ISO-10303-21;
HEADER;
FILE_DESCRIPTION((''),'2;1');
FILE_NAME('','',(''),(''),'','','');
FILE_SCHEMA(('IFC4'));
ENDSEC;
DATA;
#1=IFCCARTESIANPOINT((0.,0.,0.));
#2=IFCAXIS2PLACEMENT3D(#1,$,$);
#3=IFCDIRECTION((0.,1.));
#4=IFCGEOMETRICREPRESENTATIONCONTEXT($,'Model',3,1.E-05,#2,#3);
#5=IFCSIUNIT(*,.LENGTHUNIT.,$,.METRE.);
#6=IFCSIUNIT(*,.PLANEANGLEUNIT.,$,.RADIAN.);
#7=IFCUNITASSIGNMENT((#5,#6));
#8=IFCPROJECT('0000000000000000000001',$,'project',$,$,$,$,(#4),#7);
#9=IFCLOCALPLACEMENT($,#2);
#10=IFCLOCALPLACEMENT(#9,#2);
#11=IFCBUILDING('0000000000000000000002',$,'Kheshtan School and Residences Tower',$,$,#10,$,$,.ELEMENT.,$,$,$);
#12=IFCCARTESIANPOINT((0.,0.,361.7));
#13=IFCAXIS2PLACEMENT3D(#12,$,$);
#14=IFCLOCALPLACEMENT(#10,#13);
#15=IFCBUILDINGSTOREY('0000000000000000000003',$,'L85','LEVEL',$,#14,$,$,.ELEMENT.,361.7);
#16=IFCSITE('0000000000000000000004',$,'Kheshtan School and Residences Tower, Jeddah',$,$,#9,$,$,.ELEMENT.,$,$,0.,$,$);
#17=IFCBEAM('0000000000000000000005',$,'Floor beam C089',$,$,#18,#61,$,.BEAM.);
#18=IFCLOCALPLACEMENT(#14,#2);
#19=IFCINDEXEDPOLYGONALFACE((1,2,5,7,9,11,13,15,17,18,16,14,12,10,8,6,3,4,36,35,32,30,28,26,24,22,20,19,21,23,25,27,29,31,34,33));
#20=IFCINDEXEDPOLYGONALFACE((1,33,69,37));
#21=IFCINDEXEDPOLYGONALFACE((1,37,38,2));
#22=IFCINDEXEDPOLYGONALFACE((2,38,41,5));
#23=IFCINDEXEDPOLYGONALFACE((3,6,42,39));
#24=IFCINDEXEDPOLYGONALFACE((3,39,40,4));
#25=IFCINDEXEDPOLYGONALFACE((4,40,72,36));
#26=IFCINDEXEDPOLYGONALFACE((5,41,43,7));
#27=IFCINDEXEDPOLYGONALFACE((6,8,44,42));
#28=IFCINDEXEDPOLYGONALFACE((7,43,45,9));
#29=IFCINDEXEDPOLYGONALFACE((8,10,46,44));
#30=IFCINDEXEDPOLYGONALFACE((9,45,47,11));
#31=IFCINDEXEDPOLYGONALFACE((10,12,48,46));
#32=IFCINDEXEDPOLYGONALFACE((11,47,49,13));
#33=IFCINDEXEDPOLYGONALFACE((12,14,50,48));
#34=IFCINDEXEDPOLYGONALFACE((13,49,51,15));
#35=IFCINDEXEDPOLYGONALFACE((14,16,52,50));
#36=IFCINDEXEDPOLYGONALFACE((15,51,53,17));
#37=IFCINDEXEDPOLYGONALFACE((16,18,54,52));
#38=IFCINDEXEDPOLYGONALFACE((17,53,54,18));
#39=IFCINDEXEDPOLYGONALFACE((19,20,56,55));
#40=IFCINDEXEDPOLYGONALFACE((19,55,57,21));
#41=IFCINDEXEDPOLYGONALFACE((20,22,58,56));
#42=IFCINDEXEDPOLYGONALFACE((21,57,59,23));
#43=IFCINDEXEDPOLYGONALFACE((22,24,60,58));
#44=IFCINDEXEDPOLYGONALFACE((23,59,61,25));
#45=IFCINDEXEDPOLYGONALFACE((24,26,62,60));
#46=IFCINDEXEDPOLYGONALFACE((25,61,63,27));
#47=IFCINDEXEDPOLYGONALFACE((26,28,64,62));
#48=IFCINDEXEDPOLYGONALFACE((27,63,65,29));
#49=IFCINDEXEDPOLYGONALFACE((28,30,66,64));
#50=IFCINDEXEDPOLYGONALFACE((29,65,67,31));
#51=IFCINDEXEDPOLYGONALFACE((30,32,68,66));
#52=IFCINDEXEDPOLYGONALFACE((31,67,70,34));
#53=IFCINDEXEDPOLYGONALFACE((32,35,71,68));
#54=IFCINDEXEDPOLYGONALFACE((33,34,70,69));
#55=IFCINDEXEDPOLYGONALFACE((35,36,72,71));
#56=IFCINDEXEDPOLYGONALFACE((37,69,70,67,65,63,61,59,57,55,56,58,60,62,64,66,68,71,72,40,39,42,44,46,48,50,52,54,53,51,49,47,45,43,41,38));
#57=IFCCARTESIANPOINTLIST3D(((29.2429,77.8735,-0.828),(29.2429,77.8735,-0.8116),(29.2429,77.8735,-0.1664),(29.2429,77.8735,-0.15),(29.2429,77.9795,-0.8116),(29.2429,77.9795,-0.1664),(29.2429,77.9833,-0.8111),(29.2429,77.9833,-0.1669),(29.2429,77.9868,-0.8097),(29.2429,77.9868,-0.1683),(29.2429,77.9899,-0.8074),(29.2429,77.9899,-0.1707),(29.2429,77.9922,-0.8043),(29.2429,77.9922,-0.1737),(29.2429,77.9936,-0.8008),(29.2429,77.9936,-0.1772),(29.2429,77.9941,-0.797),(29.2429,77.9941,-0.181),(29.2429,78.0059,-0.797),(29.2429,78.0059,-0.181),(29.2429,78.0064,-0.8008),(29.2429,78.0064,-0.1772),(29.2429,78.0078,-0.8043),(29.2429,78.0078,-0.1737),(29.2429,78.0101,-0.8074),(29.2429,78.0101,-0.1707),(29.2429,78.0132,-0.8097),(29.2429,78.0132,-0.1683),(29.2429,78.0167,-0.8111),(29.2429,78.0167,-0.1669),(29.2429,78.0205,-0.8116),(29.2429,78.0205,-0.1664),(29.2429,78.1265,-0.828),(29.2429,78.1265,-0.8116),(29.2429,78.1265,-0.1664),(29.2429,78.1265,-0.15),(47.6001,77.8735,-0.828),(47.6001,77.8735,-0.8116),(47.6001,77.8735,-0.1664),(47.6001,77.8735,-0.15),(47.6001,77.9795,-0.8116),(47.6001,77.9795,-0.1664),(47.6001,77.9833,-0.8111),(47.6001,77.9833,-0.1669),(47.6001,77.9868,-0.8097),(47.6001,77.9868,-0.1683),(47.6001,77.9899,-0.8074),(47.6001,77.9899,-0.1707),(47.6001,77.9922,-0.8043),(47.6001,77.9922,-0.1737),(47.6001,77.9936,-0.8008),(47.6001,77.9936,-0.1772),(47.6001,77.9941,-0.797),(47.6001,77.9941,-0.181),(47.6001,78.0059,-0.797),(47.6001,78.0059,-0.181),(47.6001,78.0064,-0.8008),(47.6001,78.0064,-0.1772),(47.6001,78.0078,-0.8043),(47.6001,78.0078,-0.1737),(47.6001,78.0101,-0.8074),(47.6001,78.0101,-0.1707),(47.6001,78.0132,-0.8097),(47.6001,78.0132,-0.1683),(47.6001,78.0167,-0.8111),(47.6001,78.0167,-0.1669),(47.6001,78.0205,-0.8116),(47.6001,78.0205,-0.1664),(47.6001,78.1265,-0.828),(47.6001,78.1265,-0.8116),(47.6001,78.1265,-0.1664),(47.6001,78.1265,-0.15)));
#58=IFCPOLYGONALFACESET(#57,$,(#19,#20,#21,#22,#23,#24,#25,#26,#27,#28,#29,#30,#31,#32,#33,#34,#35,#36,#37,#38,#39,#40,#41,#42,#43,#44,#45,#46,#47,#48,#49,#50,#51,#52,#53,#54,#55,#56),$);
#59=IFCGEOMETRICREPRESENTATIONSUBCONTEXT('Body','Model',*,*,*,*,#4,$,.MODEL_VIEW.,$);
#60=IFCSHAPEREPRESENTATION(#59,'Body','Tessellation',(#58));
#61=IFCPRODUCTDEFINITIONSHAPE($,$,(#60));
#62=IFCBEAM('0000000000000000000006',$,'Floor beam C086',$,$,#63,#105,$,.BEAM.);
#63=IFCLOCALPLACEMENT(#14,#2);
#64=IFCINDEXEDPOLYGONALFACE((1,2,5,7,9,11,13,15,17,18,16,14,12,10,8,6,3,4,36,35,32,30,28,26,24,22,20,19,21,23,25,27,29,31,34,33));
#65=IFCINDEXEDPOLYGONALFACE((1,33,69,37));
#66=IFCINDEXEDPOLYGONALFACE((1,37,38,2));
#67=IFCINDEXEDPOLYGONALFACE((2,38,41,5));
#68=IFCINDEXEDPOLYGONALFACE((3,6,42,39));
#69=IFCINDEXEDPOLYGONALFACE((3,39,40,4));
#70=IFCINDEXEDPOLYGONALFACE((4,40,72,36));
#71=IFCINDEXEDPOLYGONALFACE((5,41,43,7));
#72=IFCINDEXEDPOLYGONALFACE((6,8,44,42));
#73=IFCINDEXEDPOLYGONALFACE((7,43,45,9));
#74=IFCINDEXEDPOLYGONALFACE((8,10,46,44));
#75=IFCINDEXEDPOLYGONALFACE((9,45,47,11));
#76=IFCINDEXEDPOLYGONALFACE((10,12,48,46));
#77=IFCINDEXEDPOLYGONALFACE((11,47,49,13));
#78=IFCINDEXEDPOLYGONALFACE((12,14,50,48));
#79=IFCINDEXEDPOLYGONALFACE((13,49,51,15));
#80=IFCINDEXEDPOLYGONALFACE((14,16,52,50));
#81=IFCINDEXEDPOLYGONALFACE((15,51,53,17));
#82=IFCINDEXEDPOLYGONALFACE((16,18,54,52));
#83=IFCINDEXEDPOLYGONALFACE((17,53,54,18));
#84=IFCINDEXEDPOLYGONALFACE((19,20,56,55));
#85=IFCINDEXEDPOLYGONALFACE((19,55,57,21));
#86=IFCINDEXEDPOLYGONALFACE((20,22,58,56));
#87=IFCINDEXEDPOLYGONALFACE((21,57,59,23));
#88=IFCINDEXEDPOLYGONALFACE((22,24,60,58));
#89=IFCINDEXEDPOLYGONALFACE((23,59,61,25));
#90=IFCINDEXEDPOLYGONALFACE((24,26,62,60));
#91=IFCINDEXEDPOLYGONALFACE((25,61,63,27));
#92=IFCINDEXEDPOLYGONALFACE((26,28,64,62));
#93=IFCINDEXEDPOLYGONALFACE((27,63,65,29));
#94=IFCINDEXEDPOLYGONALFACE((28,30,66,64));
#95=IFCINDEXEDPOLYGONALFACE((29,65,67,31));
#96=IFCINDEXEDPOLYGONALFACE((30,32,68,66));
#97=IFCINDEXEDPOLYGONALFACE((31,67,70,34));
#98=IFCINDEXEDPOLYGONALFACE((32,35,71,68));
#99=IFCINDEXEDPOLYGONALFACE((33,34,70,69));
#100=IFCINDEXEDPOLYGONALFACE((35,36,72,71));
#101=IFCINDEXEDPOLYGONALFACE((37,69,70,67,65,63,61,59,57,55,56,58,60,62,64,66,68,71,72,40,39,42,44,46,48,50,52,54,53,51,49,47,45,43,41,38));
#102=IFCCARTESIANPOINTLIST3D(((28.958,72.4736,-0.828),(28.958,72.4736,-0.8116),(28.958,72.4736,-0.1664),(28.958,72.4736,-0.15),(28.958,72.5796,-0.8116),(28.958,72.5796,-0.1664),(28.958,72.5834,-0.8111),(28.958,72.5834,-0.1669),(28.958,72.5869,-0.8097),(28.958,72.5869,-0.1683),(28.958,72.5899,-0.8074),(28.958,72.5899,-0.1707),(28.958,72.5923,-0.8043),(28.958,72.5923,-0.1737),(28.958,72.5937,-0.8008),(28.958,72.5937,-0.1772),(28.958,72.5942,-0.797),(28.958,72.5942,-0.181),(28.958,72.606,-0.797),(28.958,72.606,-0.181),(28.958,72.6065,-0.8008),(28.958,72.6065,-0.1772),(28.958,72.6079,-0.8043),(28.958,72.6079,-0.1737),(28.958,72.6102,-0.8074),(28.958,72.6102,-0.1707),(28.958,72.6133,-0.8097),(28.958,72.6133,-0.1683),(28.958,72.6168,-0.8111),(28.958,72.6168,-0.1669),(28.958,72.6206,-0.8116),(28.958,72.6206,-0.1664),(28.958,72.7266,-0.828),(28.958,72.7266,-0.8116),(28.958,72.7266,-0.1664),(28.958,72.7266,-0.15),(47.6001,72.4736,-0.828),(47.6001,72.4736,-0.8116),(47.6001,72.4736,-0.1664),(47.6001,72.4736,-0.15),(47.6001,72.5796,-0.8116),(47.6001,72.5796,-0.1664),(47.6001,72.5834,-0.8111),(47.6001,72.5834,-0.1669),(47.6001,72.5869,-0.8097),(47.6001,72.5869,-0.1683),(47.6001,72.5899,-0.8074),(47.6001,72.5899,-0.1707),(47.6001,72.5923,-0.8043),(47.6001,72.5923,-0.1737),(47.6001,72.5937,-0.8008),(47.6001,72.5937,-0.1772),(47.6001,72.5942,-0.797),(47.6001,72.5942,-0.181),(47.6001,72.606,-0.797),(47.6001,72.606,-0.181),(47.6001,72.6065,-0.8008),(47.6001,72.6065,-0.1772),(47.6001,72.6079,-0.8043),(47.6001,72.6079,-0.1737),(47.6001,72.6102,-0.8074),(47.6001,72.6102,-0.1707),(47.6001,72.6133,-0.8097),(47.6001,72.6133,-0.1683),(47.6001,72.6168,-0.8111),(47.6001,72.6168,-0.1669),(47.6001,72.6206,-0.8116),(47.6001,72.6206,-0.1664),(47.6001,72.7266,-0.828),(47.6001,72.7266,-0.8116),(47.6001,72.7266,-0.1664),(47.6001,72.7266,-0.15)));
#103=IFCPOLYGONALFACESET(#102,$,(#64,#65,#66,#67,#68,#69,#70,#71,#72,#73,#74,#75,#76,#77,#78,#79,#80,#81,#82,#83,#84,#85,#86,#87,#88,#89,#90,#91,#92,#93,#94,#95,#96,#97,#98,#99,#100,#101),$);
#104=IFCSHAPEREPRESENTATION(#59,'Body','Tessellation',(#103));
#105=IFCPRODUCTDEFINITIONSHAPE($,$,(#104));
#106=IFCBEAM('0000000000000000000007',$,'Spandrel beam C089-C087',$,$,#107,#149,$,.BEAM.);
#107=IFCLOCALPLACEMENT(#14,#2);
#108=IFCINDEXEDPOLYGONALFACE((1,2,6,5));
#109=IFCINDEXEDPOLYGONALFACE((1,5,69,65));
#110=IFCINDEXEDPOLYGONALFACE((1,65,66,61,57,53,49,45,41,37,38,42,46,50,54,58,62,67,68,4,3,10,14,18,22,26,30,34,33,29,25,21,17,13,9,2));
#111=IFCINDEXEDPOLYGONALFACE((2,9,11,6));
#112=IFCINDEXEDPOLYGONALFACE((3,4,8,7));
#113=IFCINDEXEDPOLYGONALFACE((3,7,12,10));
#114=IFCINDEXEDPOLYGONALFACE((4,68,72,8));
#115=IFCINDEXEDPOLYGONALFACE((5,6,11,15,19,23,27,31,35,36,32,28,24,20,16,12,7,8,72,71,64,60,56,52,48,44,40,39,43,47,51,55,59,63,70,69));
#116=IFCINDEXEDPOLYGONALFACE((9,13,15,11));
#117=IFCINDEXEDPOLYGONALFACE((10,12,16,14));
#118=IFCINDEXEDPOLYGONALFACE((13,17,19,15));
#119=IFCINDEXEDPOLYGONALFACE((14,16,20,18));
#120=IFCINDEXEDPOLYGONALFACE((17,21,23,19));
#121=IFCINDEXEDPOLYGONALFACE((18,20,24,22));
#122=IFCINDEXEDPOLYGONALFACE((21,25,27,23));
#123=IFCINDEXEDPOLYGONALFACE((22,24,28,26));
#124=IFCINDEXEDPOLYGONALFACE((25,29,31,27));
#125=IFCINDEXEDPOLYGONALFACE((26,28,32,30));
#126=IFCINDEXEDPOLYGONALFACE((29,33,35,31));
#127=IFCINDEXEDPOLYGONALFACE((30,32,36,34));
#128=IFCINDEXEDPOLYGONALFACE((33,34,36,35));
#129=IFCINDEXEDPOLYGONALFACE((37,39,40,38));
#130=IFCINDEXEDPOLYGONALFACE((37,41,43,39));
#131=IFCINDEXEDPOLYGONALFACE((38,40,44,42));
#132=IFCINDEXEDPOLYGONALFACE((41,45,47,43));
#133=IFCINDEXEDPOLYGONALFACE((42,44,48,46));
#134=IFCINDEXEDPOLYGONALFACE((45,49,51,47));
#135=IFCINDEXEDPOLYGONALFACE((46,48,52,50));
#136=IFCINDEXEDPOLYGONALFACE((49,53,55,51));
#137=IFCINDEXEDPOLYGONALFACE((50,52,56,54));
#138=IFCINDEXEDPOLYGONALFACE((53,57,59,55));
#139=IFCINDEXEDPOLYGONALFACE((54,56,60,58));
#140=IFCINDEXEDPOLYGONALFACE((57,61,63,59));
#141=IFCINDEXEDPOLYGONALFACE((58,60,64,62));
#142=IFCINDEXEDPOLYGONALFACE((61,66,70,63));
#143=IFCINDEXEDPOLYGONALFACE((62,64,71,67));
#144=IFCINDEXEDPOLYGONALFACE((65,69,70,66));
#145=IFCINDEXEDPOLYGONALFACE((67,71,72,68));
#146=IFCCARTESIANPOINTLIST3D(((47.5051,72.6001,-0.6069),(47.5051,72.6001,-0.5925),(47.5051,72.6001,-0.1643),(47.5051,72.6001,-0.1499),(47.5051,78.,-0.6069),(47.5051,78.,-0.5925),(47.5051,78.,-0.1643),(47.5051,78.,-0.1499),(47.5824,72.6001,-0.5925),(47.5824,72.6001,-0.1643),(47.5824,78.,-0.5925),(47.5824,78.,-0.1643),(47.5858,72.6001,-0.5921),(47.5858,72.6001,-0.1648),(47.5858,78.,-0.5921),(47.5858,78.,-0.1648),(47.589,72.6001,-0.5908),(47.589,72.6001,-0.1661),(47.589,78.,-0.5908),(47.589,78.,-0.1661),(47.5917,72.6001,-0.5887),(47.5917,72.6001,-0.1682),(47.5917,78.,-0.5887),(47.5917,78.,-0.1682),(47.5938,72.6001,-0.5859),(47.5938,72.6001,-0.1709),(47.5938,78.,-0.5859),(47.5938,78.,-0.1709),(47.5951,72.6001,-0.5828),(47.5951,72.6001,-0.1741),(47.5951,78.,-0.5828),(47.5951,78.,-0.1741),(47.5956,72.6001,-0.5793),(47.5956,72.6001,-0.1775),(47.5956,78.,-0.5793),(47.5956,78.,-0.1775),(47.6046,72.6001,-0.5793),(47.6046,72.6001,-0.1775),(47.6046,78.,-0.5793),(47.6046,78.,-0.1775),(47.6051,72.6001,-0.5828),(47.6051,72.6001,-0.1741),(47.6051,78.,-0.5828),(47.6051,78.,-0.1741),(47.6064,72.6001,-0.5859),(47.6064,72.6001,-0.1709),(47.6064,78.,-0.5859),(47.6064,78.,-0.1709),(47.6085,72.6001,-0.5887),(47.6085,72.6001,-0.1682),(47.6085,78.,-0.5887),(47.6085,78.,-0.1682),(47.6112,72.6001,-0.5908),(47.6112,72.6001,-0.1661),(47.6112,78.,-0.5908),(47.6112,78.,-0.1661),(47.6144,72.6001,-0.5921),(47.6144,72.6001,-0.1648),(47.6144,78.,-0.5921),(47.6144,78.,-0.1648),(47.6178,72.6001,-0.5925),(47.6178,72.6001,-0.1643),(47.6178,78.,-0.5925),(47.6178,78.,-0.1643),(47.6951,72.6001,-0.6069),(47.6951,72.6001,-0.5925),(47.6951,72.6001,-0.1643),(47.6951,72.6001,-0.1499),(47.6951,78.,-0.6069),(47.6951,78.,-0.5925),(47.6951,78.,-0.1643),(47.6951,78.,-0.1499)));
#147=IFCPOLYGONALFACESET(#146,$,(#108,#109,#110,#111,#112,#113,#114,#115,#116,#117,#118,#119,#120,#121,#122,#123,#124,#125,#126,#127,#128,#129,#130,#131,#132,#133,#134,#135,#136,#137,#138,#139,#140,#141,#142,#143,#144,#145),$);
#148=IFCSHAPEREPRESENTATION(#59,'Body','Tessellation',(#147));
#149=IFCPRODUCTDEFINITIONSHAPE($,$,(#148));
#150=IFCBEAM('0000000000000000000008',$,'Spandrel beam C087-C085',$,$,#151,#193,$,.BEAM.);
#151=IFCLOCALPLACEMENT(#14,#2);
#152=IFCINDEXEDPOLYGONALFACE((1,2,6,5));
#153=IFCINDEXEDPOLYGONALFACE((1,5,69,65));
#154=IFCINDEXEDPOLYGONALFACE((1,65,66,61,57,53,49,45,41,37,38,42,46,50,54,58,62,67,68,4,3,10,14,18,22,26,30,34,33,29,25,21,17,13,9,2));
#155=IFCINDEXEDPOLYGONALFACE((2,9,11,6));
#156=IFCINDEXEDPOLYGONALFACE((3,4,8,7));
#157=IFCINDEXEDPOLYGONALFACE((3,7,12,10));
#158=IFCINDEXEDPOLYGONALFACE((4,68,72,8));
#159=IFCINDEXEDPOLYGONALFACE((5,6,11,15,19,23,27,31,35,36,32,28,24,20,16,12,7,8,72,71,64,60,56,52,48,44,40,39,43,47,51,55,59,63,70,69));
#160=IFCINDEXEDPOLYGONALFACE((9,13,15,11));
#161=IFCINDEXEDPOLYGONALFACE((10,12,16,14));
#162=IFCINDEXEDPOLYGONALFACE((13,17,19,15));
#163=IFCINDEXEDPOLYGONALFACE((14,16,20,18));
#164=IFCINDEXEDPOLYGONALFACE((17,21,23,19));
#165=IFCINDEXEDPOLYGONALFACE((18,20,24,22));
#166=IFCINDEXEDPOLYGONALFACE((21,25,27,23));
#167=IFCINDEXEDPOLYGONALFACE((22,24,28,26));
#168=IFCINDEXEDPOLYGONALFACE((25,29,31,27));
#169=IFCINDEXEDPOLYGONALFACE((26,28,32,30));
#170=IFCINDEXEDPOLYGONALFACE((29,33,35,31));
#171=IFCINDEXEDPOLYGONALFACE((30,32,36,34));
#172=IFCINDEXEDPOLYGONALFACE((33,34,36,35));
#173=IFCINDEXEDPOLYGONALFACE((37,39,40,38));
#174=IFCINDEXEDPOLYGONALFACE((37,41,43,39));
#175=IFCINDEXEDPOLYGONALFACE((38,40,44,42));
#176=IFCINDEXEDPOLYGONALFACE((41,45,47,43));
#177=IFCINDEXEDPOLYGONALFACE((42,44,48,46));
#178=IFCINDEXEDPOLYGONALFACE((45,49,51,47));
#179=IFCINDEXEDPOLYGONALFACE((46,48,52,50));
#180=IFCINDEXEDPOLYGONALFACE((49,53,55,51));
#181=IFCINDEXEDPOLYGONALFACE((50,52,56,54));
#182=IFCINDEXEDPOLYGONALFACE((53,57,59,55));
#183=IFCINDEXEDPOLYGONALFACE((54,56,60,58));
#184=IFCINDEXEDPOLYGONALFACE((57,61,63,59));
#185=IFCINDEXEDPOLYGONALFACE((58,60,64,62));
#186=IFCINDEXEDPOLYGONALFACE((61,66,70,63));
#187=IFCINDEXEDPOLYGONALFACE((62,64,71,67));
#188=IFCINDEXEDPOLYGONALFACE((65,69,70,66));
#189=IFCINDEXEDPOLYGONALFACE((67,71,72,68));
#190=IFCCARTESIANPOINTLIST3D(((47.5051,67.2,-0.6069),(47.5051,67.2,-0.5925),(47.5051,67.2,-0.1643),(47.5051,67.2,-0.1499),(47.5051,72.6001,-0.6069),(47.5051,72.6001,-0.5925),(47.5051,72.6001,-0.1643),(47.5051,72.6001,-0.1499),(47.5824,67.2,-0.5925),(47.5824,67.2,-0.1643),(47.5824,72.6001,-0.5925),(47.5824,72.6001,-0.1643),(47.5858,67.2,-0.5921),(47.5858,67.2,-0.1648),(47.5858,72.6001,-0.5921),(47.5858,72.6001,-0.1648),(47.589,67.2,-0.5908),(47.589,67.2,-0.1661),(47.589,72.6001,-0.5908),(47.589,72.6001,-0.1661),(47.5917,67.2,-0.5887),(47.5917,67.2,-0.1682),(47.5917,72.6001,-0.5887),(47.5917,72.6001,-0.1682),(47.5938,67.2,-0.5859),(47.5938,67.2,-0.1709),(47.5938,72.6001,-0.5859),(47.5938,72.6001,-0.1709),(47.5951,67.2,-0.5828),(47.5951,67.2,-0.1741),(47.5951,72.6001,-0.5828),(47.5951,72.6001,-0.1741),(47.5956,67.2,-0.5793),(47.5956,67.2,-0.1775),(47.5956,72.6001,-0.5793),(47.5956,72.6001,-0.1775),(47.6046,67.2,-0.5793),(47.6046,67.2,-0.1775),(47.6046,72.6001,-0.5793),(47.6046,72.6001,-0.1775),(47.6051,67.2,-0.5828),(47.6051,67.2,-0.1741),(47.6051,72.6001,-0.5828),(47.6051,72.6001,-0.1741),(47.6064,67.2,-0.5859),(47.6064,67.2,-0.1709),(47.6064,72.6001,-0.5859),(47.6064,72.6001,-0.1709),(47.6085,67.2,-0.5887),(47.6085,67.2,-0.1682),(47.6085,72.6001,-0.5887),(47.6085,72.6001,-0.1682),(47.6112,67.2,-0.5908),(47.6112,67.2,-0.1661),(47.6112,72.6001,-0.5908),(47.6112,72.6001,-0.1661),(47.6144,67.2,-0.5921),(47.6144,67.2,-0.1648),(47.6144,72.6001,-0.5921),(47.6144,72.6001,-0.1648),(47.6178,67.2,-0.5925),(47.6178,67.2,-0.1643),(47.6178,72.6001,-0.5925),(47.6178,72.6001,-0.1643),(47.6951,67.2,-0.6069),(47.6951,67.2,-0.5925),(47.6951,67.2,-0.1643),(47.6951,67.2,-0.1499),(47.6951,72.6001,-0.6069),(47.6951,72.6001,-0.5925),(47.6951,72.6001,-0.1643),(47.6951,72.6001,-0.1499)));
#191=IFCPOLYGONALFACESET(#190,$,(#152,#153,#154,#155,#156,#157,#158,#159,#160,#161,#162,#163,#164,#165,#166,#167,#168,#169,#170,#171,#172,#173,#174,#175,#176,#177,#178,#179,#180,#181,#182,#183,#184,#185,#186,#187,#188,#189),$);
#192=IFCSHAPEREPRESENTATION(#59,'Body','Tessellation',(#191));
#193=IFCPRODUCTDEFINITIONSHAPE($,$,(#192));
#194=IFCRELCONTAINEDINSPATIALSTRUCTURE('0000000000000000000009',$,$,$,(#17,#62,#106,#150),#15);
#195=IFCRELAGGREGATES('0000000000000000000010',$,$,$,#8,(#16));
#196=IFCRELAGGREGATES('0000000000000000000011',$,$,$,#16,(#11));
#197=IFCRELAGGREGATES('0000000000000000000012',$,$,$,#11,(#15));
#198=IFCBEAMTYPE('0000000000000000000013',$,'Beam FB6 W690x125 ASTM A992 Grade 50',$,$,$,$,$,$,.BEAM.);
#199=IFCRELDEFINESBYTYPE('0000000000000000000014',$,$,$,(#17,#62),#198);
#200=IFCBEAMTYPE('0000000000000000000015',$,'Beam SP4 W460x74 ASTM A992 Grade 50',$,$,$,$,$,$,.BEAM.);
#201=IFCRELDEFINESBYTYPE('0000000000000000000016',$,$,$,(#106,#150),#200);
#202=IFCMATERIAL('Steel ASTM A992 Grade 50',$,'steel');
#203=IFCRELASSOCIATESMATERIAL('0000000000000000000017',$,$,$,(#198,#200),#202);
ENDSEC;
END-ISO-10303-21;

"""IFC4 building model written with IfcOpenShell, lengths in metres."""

from ifc_helpers import new_model, si_unit, direction, frame, origin, origin_2d, place, context, subcontext, project, spatial, i_section, extrude, material, material_profile, profile_set, type_object, element, save


model = new_model("IFC4")

# Units and contexts
model_context = context("Model", 3, precision=1e-05, world=origin(), true_north=direction((0.0, 1.0)))
body_context = subcontext(model_context, "Body", "Model", "MODEL_VIEW")
ifc_project = project(units=[si_unit("LENGTHUNIT", "METRE"), si_unit("PLANEANGLEUNIT", "RADIAN")], contexts=[model_context])

# Site, building, storey
site_placement = place(None, origin())
site = spatial("IfcSite", under=ifc_project, at=site_placement, Name="Kheshtan School and Residences Tower, Jeddah", CompositionType="ELEMENT", RefElevation=0.0)
building_placement = place(site_placement, origin())
building = spatial("IfcBuilding", under=site, at=building_placement, Name="Kheshtan School and Residences Tower", CompositionType="ELEMENT")
storey_placement = place(building_placement, frame((0.0, 0.0, 361.7)))
storey = spatial("IfcBuildingStorey", under=building, at=storey_placement, Name="L85", Description="LEVEL", CompositionType="ELEMENT", Elevation=361.7)

# Shared definitions
ifc_material_1 = material(Name="Steel ASTM A992 Grade 50", Category="steel")

# Beams
ifc_material_profile_1 = material_profile(ifc_material_1, i_section(OverallWidth=0.2529, OverallDepth=0.678, WebThickness=0.0117, FlangeThickness=0.0164, FilletRadius=0.0146, at=origin_2d()), Name="W690x125")
ifc_profile_set_1 = profile_set([ifc_material_profile_1], Name="Steel ASTM A992 Grade 50")
beam_type_1 = type_object("IfcBeamType", Name="Beam FB6 W690x125 ASTM A992 Grade 50", PredefinedType="BEAM", material=ifc_profile_set_1)
beam_1_placement = place(storey_placement, frame((47.6001, 78.0, -0.489), z_axis=(-1.0, 0.0, 0.0), x_axis=(0.0, -1.0, 0.0)))
element("IfcBeam", 1, at=beam_1_placement, inside=storey, type_object=beam_type_1, Name="Floor beam C089", PredefinedType="BEAM", context=body_context, shape_type="SweptSolid", body=[
    extrude(i_section(OverallWidth=0.2529, OverallDepth=0.678, WebThickness=0.0117, FlangeThickness=0.0164, FilletRadius=0.0146, at=origin_2d()), origin(), (0.0, 0.0, 1.0), 18.3572),
])
beam_2_placement = place(storey_placement, frame((28.958, 72.6001, -0.489), z_axis=(1.0, 0.0, 0.0), x_axis=(0.0, 1.0, 0.0)))
element("IfcBeam", 2, at=beam_2_placement, inside=storey, type_object=beam_type_1, Name="Floor beam C086", PredefinedType="BEAM", context=body_context, shape_type="SweptSolid", body=[
    extrude(i_section(OverallWidth=0.2529, OverallDepth=0.678, WebThickness=0.0117, FlangeThickness=0.0164, FilletRadius=0.0146, at=origin_2d()), origin(), (0.0, 0.0, 1.0), 18.6421),
])
ifc_material_profile_2 = material_profile(ifc_material_1, i_section(OverallWidth=0.1899, OverallDepth=0.457, WebThickness=0.009, FlangeThickness=0.0144, FilletRadius=0.0132, at=origin_2d()), Name="W460x74")
ifc_profile_set_2 = profile_set([ifc_material_profile_2], Name="Steel ASTM A992 Grade 50")
beam_type_2 = type_object("IfcBeamType", Name="Beam SP4 W460x74 ASTM A992 Grade 50", PredefinedType="BEAM", material=ifc_profile_set_2)
beam_3_placement = place(storey_placement, frame((47.6001, 78.0, -0.3784), z_axis=(0.0, -1.0, 0.0), x_axis=(1.0, 0.0, 0.0)))
element("IfcBeam", 3, at=beam_3_placement, inside=storey, type_object=beam_type_2, Name="Spandrel beam C089-C087", PredefinedType="BEAM", context=body_context, shape_type="SweptSolid", body=[
    extrude(i_section(OverallWidth=0.1899, OverallDepth=0.457, WebThickness=0.009, FlangeThickness=0.0144, FilletRadius=0.0132, at=origin_2d()), origin(), (0.0, 0.0, 1.0), 5.3999),
])
beam_4_placement = place(storey_placement, frame((47.6001, 72.6001, -0.3784), z_axis=(0.0, -1.0, 0.0), x_axis=(1.0, 0.0, 0.0)))
element("IfcBeam", 4, at=beam_4_placement, inside=storey, type_object=beam_type_2, Name="Spandrel beam C087-C085", PredefinedType="BEAM", context=body_context, shape_type="SweptSolid", body=[
    extrude(i_section(OverallWidth=0.1899, OverallDepth=0.457, WebThickness=0.009, FlangeThickness=0.0144, FilletRadius=0.0132, at=origin_2d()), origin(), (0.0, 0.0, 1.0), 5.4001),
])

save(model, "model.ifc")
